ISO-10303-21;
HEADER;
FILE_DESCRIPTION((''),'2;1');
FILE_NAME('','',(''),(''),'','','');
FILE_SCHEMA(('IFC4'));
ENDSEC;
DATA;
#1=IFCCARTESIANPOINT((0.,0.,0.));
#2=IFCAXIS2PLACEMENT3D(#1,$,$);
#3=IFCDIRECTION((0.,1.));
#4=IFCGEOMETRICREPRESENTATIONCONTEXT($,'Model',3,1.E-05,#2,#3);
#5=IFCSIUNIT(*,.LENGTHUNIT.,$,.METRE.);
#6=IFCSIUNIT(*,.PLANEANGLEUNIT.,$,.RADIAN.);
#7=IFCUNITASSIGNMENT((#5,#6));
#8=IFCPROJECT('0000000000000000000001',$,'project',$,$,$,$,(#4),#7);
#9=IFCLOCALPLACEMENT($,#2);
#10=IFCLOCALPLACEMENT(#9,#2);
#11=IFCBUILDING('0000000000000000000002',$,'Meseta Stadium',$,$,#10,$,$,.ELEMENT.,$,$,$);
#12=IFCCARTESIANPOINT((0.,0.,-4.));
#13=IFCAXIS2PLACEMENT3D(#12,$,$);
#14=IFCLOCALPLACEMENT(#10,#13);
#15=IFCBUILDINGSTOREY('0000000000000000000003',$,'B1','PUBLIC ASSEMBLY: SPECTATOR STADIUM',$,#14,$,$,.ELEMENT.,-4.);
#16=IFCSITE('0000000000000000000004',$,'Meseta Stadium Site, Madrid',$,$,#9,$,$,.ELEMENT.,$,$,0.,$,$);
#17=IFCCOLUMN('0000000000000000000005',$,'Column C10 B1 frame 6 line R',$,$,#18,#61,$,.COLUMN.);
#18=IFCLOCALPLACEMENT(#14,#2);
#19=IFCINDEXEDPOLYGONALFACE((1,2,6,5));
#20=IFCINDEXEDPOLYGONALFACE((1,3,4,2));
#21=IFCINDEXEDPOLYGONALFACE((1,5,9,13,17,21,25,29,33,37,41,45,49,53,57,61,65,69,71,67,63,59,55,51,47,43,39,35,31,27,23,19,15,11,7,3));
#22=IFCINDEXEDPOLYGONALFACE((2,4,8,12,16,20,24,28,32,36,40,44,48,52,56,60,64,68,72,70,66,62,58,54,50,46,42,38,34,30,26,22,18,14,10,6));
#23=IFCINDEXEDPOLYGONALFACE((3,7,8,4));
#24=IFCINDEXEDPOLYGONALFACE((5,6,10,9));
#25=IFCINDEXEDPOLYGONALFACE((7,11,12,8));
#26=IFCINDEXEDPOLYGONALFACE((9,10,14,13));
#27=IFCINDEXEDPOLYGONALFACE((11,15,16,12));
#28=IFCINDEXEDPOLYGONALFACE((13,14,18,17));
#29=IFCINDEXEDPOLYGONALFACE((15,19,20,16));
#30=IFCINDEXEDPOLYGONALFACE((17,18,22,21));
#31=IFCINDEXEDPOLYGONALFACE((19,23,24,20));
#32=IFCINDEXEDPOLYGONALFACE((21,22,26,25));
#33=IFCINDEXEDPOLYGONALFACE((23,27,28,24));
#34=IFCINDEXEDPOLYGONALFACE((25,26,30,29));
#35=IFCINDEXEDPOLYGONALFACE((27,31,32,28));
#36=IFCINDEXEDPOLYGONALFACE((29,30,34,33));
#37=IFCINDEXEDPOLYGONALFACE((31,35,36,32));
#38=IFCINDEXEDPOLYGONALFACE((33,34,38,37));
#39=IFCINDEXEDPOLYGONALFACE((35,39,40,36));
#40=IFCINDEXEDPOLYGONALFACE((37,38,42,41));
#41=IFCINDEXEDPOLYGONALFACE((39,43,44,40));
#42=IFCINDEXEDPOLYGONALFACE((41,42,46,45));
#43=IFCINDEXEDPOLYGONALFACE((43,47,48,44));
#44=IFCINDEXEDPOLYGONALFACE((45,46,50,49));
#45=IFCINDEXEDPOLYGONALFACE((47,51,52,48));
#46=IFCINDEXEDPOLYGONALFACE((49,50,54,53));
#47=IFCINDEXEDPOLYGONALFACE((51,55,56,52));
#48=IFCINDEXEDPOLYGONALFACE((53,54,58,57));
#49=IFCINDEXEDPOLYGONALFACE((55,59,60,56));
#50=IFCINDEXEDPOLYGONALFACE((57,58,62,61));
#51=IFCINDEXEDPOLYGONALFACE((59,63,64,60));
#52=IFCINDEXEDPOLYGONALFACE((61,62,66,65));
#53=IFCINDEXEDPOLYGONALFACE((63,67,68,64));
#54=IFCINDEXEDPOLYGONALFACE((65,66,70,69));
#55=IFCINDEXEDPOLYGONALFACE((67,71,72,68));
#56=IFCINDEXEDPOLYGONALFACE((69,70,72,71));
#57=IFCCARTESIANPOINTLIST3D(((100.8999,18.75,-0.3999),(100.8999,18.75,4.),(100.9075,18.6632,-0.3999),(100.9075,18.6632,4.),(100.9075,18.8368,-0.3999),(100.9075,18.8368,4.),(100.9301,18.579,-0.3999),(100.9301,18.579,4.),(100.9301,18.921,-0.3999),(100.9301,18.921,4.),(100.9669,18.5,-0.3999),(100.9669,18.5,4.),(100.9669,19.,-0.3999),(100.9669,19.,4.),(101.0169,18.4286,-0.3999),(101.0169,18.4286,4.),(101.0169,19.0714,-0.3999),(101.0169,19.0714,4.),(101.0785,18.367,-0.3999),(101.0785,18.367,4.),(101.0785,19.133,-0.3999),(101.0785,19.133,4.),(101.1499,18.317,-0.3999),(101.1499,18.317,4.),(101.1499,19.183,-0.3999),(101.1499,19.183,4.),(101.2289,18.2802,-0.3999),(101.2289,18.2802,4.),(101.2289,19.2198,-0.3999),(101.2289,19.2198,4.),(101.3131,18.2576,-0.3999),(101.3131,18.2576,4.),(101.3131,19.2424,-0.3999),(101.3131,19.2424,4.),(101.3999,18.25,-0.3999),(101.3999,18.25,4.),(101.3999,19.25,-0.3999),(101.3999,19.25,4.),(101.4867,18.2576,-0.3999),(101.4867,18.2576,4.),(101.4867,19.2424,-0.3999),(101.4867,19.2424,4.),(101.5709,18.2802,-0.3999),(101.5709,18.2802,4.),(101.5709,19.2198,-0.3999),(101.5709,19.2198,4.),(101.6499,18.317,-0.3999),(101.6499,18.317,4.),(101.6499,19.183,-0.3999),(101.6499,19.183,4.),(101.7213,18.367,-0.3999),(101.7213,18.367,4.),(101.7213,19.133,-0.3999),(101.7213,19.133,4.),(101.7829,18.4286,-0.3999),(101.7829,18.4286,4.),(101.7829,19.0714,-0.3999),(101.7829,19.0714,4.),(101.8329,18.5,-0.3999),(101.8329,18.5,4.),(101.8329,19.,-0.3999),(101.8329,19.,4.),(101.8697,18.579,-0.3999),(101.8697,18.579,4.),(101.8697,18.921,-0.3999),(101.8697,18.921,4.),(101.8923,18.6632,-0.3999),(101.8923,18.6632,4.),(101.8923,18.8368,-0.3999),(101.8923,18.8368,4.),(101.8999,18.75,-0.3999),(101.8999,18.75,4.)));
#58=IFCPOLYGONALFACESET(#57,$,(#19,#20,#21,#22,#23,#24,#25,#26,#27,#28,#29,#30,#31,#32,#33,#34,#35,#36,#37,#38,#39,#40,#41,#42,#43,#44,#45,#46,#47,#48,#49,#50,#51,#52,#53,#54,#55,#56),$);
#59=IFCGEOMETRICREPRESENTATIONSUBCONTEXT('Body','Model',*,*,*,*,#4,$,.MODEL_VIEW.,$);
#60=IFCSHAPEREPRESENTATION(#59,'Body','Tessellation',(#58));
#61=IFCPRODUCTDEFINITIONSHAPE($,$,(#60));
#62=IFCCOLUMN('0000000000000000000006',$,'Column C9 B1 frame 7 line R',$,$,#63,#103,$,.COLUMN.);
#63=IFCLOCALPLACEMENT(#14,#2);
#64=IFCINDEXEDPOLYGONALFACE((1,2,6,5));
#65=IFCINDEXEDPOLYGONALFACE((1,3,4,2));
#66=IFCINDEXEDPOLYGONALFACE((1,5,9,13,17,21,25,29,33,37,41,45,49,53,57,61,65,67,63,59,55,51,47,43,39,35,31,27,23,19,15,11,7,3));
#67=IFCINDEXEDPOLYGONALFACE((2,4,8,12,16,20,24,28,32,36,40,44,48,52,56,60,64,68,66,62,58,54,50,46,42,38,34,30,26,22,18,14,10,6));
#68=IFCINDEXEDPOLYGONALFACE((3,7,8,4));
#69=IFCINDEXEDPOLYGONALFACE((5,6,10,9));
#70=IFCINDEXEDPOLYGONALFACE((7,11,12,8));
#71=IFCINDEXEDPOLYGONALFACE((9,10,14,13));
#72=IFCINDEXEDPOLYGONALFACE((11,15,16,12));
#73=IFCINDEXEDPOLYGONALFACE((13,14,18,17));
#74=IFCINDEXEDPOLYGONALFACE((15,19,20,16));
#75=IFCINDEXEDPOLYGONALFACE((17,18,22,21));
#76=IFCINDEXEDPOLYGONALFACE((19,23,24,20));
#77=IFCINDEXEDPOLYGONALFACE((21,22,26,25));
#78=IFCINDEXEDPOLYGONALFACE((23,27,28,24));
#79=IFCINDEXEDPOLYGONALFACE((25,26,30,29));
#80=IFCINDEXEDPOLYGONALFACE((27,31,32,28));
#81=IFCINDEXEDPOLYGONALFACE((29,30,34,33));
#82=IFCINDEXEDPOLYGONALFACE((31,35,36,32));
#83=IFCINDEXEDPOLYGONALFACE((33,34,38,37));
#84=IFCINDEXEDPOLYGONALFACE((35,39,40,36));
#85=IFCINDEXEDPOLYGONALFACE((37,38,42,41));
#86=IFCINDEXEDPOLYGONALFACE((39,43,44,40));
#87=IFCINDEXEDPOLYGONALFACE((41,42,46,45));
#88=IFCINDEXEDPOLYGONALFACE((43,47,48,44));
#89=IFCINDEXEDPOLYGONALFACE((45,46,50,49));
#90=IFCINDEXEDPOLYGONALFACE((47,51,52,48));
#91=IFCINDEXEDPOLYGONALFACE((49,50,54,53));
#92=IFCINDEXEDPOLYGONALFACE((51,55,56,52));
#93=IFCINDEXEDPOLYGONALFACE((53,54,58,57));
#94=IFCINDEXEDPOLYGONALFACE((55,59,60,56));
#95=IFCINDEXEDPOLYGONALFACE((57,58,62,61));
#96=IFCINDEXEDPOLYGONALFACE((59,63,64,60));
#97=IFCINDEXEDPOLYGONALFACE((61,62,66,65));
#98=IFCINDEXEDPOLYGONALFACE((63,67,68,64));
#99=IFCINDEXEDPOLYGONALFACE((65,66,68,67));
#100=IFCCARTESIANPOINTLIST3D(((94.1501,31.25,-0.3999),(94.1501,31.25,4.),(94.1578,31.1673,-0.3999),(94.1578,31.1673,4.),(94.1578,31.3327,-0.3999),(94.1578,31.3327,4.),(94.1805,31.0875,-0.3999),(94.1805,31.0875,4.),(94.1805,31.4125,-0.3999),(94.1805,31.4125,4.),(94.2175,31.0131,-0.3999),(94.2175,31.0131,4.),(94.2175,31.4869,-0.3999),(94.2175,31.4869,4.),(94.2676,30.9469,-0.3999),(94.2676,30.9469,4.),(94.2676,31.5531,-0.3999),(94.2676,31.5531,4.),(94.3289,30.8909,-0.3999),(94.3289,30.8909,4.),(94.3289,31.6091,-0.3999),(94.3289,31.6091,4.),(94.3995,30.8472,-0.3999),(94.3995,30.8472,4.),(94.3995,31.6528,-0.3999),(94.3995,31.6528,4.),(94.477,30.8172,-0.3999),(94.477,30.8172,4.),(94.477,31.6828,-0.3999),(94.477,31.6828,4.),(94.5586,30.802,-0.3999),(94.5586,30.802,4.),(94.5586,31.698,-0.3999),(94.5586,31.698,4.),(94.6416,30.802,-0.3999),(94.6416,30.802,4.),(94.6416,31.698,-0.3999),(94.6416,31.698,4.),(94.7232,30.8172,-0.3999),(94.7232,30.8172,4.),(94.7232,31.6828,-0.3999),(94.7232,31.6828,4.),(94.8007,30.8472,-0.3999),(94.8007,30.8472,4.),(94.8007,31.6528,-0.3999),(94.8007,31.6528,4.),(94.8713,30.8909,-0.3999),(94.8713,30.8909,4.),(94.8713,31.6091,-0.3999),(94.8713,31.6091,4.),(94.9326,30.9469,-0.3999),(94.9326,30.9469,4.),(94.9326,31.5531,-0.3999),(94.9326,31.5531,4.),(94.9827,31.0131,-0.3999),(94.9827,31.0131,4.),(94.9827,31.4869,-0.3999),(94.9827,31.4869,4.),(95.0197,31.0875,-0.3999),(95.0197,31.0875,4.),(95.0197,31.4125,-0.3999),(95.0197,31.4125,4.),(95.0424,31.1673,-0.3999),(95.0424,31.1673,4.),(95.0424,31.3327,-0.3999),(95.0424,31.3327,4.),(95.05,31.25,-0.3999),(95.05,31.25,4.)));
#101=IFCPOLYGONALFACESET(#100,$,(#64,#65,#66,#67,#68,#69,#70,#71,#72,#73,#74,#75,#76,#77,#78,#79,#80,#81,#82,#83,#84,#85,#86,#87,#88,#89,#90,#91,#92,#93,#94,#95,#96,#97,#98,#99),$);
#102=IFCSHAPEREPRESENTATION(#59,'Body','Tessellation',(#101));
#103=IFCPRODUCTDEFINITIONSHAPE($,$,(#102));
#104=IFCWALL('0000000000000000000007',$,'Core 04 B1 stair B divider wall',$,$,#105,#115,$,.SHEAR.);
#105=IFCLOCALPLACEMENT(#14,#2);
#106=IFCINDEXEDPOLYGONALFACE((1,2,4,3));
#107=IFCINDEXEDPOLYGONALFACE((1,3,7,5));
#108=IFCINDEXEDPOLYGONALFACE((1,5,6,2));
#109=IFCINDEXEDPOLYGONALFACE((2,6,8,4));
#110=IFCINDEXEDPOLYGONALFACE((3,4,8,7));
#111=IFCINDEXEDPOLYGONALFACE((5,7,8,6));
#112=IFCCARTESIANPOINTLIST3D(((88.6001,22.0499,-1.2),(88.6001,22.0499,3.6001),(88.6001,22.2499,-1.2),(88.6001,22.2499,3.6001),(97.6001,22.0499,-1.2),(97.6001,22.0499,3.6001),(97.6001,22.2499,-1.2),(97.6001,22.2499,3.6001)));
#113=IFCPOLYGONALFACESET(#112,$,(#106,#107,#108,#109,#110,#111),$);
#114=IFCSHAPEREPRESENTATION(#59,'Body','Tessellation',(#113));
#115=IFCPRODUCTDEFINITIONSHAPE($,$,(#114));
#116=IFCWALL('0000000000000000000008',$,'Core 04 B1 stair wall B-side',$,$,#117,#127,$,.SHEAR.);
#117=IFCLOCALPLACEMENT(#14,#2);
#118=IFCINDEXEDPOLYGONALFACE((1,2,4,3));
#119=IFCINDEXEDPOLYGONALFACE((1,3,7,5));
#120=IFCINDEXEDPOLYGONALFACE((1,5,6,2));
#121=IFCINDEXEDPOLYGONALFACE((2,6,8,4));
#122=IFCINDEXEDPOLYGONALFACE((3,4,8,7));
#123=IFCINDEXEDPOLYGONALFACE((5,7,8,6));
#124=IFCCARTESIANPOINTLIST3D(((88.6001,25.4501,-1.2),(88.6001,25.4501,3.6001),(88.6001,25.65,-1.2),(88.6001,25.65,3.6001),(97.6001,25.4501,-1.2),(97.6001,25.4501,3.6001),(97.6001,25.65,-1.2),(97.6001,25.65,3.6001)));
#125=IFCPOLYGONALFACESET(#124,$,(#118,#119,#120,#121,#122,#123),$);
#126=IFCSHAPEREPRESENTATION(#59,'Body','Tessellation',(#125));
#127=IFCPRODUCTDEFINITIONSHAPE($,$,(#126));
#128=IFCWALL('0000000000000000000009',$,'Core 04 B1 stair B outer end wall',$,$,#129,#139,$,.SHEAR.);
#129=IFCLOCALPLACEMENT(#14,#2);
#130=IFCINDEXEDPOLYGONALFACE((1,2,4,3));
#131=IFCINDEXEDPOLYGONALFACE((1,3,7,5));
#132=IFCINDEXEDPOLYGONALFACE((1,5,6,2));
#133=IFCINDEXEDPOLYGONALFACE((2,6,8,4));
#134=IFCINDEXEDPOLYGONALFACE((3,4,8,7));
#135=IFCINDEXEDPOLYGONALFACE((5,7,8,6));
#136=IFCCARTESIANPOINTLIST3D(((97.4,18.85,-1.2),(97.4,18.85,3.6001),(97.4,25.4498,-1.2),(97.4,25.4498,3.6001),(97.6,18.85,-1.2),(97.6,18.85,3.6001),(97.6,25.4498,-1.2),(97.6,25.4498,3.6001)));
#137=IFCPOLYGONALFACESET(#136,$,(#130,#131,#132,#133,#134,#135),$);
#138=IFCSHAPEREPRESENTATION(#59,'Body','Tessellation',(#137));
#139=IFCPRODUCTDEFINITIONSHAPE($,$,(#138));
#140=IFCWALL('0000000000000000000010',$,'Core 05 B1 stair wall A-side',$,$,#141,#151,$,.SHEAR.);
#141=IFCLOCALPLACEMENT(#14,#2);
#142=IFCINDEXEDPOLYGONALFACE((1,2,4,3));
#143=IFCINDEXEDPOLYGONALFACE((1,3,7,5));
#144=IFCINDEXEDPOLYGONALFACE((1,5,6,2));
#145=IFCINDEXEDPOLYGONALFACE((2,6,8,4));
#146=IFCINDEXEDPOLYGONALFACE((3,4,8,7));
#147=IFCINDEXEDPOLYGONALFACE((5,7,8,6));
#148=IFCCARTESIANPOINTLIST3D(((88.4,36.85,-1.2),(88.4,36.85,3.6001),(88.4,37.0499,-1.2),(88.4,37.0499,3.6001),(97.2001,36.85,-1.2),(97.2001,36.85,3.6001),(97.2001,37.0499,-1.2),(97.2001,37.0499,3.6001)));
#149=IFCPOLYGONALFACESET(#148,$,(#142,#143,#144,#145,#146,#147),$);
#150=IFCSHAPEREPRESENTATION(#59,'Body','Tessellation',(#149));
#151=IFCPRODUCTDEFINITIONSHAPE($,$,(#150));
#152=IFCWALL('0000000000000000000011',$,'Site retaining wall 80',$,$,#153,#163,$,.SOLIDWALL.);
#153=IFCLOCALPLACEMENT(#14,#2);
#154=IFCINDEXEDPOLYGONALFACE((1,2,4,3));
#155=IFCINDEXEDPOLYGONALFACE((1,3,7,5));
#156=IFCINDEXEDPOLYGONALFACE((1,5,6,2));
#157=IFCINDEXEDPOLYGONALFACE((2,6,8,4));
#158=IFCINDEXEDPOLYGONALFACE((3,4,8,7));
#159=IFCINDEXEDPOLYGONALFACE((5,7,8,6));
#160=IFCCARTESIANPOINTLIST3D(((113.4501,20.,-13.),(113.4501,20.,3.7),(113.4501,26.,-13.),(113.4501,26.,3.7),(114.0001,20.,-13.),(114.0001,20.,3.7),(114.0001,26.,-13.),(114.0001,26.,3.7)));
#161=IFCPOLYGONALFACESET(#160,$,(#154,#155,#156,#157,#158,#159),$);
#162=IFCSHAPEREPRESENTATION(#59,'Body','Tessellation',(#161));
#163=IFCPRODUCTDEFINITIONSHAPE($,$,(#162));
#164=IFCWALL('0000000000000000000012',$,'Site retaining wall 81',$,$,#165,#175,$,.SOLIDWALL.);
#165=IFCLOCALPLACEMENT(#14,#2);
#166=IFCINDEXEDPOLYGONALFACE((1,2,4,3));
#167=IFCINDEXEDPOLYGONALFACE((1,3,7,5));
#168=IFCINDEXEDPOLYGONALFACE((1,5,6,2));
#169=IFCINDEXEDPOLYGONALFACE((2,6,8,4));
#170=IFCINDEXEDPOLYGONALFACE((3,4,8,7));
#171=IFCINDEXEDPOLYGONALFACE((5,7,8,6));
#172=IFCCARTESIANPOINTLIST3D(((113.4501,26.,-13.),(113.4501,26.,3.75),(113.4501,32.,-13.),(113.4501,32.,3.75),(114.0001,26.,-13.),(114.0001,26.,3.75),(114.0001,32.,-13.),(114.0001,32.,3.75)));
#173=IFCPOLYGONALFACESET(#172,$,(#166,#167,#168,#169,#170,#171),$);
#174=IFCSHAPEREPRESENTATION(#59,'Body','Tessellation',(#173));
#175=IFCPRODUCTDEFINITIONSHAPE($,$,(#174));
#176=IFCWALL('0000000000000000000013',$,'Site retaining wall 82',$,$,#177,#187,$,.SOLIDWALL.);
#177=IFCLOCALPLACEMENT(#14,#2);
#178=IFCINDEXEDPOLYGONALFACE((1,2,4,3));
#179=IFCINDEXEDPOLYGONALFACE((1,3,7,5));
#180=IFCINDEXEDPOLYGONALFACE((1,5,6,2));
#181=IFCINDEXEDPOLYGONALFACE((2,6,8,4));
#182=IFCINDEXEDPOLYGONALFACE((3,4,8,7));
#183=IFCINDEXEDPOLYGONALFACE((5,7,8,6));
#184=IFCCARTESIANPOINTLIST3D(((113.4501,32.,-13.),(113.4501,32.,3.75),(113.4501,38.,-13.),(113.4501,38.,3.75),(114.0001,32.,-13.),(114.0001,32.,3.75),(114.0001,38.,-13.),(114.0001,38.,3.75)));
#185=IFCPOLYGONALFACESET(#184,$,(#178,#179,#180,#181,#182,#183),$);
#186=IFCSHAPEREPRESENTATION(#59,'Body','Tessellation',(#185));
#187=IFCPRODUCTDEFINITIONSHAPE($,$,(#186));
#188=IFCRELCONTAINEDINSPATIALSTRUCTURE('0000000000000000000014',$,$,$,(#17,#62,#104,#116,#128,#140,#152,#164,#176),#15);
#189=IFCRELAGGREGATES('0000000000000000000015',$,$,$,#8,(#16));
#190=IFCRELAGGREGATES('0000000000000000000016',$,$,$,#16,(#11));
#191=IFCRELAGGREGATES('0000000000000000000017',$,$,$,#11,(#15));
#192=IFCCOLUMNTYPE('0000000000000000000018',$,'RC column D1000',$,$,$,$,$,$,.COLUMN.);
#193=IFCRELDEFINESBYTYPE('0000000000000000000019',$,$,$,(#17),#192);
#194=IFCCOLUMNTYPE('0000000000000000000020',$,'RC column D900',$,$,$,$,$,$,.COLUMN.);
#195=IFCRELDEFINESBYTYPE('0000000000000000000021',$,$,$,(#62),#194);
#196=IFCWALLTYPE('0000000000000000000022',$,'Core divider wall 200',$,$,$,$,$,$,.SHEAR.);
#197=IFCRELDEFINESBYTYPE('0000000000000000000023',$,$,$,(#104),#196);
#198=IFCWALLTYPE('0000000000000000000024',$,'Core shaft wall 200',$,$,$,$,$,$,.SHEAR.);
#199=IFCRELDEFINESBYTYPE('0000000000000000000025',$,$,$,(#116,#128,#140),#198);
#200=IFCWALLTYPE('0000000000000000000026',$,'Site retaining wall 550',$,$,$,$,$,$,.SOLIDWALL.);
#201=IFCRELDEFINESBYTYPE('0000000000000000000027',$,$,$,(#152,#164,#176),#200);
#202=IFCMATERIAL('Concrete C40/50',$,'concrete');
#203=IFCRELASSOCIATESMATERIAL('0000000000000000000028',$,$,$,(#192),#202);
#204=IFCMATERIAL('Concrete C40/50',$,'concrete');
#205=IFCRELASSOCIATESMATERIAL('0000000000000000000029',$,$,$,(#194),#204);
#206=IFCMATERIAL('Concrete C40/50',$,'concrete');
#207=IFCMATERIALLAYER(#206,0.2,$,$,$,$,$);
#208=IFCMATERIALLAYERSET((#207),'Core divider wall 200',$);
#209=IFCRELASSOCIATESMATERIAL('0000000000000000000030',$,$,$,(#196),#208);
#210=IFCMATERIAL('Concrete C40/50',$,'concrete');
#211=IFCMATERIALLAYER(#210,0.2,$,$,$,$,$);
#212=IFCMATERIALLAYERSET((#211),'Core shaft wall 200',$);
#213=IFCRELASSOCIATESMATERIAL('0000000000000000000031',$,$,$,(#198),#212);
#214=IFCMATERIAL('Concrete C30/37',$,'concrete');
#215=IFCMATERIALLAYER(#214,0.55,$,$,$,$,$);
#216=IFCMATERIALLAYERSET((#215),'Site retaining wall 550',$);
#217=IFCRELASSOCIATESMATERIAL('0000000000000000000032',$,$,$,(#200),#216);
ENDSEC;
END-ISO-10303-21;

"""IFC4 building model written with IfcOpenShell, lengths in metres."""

from ifc_helpers import new_model, si_unit, direction, frame, frame_2d, origin, origin_2d, place, context, subcontext, project, spatial, rectangle, circle, extrude, material, layer, layer_set, material_profile, profile_set, type_object, element, save


model = new_model("IFC4")

# Units and contexts
model_context = context("Model", 3, precision=1e-05, world=origin(), true_north=direction((0.0, 1.0)))
body_context = subcontext(model_context, "Body", "Model", "MODEL_VIEW")
ifc_project = project(units=[si_unit("LENGTHUNIT", "METRE"), si_unit("PLANEANGLEUNIT", "RADIAN")], contexts=[model_context])

# Site, building, storey
site_placement = place(None, origin())
site = spatial("IfcSite", under=ifc_project, at=site_placement, Name="Meseta Stadium Site, Madrid", CompositionType="ELEMENT", RefElevation=0.0)
building_placement = place(site_placement, origin())
building = spatial("IfcBuilding", under=site, at=building_placement, Name="Meseta Stadium", CompositionType="ELEMENT")
storey_placement = place(building_placement, frame((0.0, 0.0, -4.0)))
storey = spatial("IfcBuildingStorey", under=building, at=storey_placement, Name="B1", Description="PUBLIC ASSEMBLY: SPECTATOR STADIUM", CompositionType="ELEMENT", Elevation=-4.0)

# Columns
ifc_material_1 = material(Name="Concrete C40/50", Category="concrete")
ifc_material_profile_1 = material_profile(ifc_material_1, circle(Radius=0.5, at=origin_2d()), Name="RC D1000")
ifc_profile_set_1 = profile_set([ifc_material_profile_1], Name="Concrete C40/50")
column_type_1 = type_object("IfcColumnType", Name="RC column D1000", PredefinedType="COLUMN", material=ifc_profile_set_1)
column_1_placement = place(storey_placement, frame((101.3999, 18.75, -0.3999), z_axis=(0.0, 0.0, 1.0), x_axis=(1.0, 0.0, 0.0)))
element("IfcColumn", 1, at=column_1_placement, inside=storey, type_object=column_type_1, Name="Column C10 B1 frame 6 line R", PredefinedType="COLUMN", context=body_context, shape_type="SweptSolid", body=[
    extrude(circle(Radius=0.5, at=origin_2d()), origin(), (0.0, 0.0, 1.0), 4.3999),
])
ifc_material_2 = material(Name="Concrete C40/50", Category="concrete")
ifc_material_profile_2 = material_profile(ifc_material_2, circle(Radius=0.45, at=origin_2d()), Name="RC D900")
ifc_profile_set_2 = profile_set([ifc_material_profile_2], Name="Concrete C40/50")
column_type_2 = type_object("IfcColumnType", Name="RC column D900", PredefinedType="COLUMN", material=ifc_profile_set_2)
column_2_placement = place(storey_placement, frame((94.6001, 31.25, -0.3999), z_axis=(0.0, 0.0, 1.0), x_axis=(1.0, 0.0, 0.0)))
element("IfcColumn", 2, at=column_2_placement, inside=storey, type_object=column_type_2, Name="Column C9 B1 frame 7 line R", PredefinedType="COLUMN", context=body_context, shape_type="SweptSolid", body=[
    extrude(circle(Radius=0.45, at=origin_2d()), origin(), (0.0, 0.0, 1.0), 4.3999),
])

# Walls
ifc_material_3 = material(Name="Concrete C40/50", Category="concrete")
ifc_layer_1 = layer(ifc_material_3, 0.2)
ifc_layer_set_1 = layer_set([ifc_layer_1], Name="Core divider wall 200")
wall_type_1 = type_object("IfcWallType", Name="Core divider wall 200", PredefinedType="SHEAR", material=ifc_layer_set_1)
wall_1_placement = place(storey_placement, frame((97.6001, 22.1499, -1.2), z_axis=(0.0, 0.0, 1.0), x_axis=(-1.0, 0.0, 0.0)))
element("IfcWall", 3, at=wall_1_placement, inside=storey, type_object=wall_type_1, Name="Core 04 B1 stair B divider wall", PredefinedType="SHEAR", context=body_context, shape_type="SweptSolid", body=[
    extrude(rectangle(XDim=9.0, YDim=0.2, at=frame_2d((4.5, 0.0))), origin(), (0.0, 0.0, 1.0), 4.8),
])
ifc_material_4 = material(Name="Concrete C40/50", Category="concrete")
ifc_layer_2 = layer(ifc_material_4, 0.2)
ifc_layer_set_2 = layer_set([ifc_layer_2], Name="Core shaft wall 200")
wall_type_2 = type_object("IfcWallType", Name="Core shaft wall 200", PredefinedType="SHEAR", material=ifc_layer_set_2)
wall_2_placement = place(storey_placement, frame((97.6001, 25.55, -1.2), z_axis=(0.0, 0.0, 1.0), x_axis=(-1.0, 0.0, 0.0)))
element("IfcWall", 4, at=wall_2_placement, inside=storey, type_object=wall_type_2, Name="Core 04 B1 stair wall B-side", PredefinedType="SHEAR", context=body_context, shape_type="SweptSolid", body=[
    extrude(rectangle(XDim=9.0, YDim=0.2, at=frame_2d((4.5, 0.0))), origin(), (0.0, 0.0, 1.0), 4.8),
])
wall_3_placement = place(storey_placement, frame((97.5, 18.8501, -1.2), z_axis=(0.0, 0.0, 1.0), x_axis=(0.0, 1.0, 0.0)))
element("IfcWall", 5, at=wall_3_placement, inside=storey, type_object=wall_type_2, Name="Core 04 B1 stair B outer end wall", PredefinedType="SHEAR", context=body_context, shape_type="SweptSolid", body=[
    extrude(rectangle(XDim=6.5999, YDim=0.2, at=frame_2d((3.2998, 0.0))), origin(), (0.0, 0.0, 1.0), 4.8),
])
wall_4_placement = place(storey_placement, frame((97.2, 36.95, -1.2), z_axis=(0.0, 0.0, 1.0), x_axis=(-1.0, 0.0, 0.0)))
element("IfcWall", 6, at=wall_4_placement, inside=storey, type_object=wall_type_2, Name="Core 05 B1 stair wall A-side", PredefinedType="SHEAR", context=body_context, shape_type="SweptSolid", body=[
    extrude(rectangle(XDim=8.8, YDim=0.2, at=frame_2d((4.3999, 0.0))), origin(), (0.0, 0.0, 1.0), 4.8),
])
ifc_material_5 = material(Name="Concrete C30/37", Category="concrete")
ifc_layer_3 = layer(ifc_material_5, 0.55)
ifc_layer_set_3 = layer_set([ifc_layer_3], Name="Site retaining wall 550")
wall_type_3 = type_object("IfcWallType", Name="Site retaining wall 550", PredefinedType="SOLIDWALL", material=ifc_layer_set_3)
wall_5_placement = place(storey_placement, frame((113.7251, 20.0, -13.0), z_axis=(0.0, 0.0, 1.0), x_axis=(0.0, 1.0, 0.0)))
element("IfcWall", 7, at=wall_5_placement, inside=storey, type_object=wall_type_3, Name="Site retaining wall 80", PredefinedType="SOLIDWALL", context=body_context, shape_type="SweptSolid", body=[
    extrude(rectangle(XDim=6.0, YDim=0.55, at=frame_2d((3.0, 0.0))), origin(), (0.0, 0.0, 1.0), 16.7),
])
for number, where, z_axis, x_axis, name in (
    (8, (113.7251, 26.0, -13.0), (0.0, 0.0, 1.0), (0.0, 1.0, 0.0), "Site retaining wall 81"),
    (9, (113.7251, 32.0, -13.0), (0.0, 0.0, 1.0), (0.0, 1.0, 0.0), "Site retaining wall 82"),
):
    element("IfcWall", number, at=place(storey_placement, frame(where, z_axis=z_axis, x_axis=x_axis)), inside=storey, type_object=wall_type_3, Name=name, PredefinedType="SOLIDWALL", context=body_context, shape_type="SweptSolid", body=[
        extrude(rectangle(XDim=6.0, YDim=0.55, at=frame_2d((3.0, 0.0))), origin(), (0.0, 0.0, 1.0), 16.75),
    ])

save(model, "model.ifc")
